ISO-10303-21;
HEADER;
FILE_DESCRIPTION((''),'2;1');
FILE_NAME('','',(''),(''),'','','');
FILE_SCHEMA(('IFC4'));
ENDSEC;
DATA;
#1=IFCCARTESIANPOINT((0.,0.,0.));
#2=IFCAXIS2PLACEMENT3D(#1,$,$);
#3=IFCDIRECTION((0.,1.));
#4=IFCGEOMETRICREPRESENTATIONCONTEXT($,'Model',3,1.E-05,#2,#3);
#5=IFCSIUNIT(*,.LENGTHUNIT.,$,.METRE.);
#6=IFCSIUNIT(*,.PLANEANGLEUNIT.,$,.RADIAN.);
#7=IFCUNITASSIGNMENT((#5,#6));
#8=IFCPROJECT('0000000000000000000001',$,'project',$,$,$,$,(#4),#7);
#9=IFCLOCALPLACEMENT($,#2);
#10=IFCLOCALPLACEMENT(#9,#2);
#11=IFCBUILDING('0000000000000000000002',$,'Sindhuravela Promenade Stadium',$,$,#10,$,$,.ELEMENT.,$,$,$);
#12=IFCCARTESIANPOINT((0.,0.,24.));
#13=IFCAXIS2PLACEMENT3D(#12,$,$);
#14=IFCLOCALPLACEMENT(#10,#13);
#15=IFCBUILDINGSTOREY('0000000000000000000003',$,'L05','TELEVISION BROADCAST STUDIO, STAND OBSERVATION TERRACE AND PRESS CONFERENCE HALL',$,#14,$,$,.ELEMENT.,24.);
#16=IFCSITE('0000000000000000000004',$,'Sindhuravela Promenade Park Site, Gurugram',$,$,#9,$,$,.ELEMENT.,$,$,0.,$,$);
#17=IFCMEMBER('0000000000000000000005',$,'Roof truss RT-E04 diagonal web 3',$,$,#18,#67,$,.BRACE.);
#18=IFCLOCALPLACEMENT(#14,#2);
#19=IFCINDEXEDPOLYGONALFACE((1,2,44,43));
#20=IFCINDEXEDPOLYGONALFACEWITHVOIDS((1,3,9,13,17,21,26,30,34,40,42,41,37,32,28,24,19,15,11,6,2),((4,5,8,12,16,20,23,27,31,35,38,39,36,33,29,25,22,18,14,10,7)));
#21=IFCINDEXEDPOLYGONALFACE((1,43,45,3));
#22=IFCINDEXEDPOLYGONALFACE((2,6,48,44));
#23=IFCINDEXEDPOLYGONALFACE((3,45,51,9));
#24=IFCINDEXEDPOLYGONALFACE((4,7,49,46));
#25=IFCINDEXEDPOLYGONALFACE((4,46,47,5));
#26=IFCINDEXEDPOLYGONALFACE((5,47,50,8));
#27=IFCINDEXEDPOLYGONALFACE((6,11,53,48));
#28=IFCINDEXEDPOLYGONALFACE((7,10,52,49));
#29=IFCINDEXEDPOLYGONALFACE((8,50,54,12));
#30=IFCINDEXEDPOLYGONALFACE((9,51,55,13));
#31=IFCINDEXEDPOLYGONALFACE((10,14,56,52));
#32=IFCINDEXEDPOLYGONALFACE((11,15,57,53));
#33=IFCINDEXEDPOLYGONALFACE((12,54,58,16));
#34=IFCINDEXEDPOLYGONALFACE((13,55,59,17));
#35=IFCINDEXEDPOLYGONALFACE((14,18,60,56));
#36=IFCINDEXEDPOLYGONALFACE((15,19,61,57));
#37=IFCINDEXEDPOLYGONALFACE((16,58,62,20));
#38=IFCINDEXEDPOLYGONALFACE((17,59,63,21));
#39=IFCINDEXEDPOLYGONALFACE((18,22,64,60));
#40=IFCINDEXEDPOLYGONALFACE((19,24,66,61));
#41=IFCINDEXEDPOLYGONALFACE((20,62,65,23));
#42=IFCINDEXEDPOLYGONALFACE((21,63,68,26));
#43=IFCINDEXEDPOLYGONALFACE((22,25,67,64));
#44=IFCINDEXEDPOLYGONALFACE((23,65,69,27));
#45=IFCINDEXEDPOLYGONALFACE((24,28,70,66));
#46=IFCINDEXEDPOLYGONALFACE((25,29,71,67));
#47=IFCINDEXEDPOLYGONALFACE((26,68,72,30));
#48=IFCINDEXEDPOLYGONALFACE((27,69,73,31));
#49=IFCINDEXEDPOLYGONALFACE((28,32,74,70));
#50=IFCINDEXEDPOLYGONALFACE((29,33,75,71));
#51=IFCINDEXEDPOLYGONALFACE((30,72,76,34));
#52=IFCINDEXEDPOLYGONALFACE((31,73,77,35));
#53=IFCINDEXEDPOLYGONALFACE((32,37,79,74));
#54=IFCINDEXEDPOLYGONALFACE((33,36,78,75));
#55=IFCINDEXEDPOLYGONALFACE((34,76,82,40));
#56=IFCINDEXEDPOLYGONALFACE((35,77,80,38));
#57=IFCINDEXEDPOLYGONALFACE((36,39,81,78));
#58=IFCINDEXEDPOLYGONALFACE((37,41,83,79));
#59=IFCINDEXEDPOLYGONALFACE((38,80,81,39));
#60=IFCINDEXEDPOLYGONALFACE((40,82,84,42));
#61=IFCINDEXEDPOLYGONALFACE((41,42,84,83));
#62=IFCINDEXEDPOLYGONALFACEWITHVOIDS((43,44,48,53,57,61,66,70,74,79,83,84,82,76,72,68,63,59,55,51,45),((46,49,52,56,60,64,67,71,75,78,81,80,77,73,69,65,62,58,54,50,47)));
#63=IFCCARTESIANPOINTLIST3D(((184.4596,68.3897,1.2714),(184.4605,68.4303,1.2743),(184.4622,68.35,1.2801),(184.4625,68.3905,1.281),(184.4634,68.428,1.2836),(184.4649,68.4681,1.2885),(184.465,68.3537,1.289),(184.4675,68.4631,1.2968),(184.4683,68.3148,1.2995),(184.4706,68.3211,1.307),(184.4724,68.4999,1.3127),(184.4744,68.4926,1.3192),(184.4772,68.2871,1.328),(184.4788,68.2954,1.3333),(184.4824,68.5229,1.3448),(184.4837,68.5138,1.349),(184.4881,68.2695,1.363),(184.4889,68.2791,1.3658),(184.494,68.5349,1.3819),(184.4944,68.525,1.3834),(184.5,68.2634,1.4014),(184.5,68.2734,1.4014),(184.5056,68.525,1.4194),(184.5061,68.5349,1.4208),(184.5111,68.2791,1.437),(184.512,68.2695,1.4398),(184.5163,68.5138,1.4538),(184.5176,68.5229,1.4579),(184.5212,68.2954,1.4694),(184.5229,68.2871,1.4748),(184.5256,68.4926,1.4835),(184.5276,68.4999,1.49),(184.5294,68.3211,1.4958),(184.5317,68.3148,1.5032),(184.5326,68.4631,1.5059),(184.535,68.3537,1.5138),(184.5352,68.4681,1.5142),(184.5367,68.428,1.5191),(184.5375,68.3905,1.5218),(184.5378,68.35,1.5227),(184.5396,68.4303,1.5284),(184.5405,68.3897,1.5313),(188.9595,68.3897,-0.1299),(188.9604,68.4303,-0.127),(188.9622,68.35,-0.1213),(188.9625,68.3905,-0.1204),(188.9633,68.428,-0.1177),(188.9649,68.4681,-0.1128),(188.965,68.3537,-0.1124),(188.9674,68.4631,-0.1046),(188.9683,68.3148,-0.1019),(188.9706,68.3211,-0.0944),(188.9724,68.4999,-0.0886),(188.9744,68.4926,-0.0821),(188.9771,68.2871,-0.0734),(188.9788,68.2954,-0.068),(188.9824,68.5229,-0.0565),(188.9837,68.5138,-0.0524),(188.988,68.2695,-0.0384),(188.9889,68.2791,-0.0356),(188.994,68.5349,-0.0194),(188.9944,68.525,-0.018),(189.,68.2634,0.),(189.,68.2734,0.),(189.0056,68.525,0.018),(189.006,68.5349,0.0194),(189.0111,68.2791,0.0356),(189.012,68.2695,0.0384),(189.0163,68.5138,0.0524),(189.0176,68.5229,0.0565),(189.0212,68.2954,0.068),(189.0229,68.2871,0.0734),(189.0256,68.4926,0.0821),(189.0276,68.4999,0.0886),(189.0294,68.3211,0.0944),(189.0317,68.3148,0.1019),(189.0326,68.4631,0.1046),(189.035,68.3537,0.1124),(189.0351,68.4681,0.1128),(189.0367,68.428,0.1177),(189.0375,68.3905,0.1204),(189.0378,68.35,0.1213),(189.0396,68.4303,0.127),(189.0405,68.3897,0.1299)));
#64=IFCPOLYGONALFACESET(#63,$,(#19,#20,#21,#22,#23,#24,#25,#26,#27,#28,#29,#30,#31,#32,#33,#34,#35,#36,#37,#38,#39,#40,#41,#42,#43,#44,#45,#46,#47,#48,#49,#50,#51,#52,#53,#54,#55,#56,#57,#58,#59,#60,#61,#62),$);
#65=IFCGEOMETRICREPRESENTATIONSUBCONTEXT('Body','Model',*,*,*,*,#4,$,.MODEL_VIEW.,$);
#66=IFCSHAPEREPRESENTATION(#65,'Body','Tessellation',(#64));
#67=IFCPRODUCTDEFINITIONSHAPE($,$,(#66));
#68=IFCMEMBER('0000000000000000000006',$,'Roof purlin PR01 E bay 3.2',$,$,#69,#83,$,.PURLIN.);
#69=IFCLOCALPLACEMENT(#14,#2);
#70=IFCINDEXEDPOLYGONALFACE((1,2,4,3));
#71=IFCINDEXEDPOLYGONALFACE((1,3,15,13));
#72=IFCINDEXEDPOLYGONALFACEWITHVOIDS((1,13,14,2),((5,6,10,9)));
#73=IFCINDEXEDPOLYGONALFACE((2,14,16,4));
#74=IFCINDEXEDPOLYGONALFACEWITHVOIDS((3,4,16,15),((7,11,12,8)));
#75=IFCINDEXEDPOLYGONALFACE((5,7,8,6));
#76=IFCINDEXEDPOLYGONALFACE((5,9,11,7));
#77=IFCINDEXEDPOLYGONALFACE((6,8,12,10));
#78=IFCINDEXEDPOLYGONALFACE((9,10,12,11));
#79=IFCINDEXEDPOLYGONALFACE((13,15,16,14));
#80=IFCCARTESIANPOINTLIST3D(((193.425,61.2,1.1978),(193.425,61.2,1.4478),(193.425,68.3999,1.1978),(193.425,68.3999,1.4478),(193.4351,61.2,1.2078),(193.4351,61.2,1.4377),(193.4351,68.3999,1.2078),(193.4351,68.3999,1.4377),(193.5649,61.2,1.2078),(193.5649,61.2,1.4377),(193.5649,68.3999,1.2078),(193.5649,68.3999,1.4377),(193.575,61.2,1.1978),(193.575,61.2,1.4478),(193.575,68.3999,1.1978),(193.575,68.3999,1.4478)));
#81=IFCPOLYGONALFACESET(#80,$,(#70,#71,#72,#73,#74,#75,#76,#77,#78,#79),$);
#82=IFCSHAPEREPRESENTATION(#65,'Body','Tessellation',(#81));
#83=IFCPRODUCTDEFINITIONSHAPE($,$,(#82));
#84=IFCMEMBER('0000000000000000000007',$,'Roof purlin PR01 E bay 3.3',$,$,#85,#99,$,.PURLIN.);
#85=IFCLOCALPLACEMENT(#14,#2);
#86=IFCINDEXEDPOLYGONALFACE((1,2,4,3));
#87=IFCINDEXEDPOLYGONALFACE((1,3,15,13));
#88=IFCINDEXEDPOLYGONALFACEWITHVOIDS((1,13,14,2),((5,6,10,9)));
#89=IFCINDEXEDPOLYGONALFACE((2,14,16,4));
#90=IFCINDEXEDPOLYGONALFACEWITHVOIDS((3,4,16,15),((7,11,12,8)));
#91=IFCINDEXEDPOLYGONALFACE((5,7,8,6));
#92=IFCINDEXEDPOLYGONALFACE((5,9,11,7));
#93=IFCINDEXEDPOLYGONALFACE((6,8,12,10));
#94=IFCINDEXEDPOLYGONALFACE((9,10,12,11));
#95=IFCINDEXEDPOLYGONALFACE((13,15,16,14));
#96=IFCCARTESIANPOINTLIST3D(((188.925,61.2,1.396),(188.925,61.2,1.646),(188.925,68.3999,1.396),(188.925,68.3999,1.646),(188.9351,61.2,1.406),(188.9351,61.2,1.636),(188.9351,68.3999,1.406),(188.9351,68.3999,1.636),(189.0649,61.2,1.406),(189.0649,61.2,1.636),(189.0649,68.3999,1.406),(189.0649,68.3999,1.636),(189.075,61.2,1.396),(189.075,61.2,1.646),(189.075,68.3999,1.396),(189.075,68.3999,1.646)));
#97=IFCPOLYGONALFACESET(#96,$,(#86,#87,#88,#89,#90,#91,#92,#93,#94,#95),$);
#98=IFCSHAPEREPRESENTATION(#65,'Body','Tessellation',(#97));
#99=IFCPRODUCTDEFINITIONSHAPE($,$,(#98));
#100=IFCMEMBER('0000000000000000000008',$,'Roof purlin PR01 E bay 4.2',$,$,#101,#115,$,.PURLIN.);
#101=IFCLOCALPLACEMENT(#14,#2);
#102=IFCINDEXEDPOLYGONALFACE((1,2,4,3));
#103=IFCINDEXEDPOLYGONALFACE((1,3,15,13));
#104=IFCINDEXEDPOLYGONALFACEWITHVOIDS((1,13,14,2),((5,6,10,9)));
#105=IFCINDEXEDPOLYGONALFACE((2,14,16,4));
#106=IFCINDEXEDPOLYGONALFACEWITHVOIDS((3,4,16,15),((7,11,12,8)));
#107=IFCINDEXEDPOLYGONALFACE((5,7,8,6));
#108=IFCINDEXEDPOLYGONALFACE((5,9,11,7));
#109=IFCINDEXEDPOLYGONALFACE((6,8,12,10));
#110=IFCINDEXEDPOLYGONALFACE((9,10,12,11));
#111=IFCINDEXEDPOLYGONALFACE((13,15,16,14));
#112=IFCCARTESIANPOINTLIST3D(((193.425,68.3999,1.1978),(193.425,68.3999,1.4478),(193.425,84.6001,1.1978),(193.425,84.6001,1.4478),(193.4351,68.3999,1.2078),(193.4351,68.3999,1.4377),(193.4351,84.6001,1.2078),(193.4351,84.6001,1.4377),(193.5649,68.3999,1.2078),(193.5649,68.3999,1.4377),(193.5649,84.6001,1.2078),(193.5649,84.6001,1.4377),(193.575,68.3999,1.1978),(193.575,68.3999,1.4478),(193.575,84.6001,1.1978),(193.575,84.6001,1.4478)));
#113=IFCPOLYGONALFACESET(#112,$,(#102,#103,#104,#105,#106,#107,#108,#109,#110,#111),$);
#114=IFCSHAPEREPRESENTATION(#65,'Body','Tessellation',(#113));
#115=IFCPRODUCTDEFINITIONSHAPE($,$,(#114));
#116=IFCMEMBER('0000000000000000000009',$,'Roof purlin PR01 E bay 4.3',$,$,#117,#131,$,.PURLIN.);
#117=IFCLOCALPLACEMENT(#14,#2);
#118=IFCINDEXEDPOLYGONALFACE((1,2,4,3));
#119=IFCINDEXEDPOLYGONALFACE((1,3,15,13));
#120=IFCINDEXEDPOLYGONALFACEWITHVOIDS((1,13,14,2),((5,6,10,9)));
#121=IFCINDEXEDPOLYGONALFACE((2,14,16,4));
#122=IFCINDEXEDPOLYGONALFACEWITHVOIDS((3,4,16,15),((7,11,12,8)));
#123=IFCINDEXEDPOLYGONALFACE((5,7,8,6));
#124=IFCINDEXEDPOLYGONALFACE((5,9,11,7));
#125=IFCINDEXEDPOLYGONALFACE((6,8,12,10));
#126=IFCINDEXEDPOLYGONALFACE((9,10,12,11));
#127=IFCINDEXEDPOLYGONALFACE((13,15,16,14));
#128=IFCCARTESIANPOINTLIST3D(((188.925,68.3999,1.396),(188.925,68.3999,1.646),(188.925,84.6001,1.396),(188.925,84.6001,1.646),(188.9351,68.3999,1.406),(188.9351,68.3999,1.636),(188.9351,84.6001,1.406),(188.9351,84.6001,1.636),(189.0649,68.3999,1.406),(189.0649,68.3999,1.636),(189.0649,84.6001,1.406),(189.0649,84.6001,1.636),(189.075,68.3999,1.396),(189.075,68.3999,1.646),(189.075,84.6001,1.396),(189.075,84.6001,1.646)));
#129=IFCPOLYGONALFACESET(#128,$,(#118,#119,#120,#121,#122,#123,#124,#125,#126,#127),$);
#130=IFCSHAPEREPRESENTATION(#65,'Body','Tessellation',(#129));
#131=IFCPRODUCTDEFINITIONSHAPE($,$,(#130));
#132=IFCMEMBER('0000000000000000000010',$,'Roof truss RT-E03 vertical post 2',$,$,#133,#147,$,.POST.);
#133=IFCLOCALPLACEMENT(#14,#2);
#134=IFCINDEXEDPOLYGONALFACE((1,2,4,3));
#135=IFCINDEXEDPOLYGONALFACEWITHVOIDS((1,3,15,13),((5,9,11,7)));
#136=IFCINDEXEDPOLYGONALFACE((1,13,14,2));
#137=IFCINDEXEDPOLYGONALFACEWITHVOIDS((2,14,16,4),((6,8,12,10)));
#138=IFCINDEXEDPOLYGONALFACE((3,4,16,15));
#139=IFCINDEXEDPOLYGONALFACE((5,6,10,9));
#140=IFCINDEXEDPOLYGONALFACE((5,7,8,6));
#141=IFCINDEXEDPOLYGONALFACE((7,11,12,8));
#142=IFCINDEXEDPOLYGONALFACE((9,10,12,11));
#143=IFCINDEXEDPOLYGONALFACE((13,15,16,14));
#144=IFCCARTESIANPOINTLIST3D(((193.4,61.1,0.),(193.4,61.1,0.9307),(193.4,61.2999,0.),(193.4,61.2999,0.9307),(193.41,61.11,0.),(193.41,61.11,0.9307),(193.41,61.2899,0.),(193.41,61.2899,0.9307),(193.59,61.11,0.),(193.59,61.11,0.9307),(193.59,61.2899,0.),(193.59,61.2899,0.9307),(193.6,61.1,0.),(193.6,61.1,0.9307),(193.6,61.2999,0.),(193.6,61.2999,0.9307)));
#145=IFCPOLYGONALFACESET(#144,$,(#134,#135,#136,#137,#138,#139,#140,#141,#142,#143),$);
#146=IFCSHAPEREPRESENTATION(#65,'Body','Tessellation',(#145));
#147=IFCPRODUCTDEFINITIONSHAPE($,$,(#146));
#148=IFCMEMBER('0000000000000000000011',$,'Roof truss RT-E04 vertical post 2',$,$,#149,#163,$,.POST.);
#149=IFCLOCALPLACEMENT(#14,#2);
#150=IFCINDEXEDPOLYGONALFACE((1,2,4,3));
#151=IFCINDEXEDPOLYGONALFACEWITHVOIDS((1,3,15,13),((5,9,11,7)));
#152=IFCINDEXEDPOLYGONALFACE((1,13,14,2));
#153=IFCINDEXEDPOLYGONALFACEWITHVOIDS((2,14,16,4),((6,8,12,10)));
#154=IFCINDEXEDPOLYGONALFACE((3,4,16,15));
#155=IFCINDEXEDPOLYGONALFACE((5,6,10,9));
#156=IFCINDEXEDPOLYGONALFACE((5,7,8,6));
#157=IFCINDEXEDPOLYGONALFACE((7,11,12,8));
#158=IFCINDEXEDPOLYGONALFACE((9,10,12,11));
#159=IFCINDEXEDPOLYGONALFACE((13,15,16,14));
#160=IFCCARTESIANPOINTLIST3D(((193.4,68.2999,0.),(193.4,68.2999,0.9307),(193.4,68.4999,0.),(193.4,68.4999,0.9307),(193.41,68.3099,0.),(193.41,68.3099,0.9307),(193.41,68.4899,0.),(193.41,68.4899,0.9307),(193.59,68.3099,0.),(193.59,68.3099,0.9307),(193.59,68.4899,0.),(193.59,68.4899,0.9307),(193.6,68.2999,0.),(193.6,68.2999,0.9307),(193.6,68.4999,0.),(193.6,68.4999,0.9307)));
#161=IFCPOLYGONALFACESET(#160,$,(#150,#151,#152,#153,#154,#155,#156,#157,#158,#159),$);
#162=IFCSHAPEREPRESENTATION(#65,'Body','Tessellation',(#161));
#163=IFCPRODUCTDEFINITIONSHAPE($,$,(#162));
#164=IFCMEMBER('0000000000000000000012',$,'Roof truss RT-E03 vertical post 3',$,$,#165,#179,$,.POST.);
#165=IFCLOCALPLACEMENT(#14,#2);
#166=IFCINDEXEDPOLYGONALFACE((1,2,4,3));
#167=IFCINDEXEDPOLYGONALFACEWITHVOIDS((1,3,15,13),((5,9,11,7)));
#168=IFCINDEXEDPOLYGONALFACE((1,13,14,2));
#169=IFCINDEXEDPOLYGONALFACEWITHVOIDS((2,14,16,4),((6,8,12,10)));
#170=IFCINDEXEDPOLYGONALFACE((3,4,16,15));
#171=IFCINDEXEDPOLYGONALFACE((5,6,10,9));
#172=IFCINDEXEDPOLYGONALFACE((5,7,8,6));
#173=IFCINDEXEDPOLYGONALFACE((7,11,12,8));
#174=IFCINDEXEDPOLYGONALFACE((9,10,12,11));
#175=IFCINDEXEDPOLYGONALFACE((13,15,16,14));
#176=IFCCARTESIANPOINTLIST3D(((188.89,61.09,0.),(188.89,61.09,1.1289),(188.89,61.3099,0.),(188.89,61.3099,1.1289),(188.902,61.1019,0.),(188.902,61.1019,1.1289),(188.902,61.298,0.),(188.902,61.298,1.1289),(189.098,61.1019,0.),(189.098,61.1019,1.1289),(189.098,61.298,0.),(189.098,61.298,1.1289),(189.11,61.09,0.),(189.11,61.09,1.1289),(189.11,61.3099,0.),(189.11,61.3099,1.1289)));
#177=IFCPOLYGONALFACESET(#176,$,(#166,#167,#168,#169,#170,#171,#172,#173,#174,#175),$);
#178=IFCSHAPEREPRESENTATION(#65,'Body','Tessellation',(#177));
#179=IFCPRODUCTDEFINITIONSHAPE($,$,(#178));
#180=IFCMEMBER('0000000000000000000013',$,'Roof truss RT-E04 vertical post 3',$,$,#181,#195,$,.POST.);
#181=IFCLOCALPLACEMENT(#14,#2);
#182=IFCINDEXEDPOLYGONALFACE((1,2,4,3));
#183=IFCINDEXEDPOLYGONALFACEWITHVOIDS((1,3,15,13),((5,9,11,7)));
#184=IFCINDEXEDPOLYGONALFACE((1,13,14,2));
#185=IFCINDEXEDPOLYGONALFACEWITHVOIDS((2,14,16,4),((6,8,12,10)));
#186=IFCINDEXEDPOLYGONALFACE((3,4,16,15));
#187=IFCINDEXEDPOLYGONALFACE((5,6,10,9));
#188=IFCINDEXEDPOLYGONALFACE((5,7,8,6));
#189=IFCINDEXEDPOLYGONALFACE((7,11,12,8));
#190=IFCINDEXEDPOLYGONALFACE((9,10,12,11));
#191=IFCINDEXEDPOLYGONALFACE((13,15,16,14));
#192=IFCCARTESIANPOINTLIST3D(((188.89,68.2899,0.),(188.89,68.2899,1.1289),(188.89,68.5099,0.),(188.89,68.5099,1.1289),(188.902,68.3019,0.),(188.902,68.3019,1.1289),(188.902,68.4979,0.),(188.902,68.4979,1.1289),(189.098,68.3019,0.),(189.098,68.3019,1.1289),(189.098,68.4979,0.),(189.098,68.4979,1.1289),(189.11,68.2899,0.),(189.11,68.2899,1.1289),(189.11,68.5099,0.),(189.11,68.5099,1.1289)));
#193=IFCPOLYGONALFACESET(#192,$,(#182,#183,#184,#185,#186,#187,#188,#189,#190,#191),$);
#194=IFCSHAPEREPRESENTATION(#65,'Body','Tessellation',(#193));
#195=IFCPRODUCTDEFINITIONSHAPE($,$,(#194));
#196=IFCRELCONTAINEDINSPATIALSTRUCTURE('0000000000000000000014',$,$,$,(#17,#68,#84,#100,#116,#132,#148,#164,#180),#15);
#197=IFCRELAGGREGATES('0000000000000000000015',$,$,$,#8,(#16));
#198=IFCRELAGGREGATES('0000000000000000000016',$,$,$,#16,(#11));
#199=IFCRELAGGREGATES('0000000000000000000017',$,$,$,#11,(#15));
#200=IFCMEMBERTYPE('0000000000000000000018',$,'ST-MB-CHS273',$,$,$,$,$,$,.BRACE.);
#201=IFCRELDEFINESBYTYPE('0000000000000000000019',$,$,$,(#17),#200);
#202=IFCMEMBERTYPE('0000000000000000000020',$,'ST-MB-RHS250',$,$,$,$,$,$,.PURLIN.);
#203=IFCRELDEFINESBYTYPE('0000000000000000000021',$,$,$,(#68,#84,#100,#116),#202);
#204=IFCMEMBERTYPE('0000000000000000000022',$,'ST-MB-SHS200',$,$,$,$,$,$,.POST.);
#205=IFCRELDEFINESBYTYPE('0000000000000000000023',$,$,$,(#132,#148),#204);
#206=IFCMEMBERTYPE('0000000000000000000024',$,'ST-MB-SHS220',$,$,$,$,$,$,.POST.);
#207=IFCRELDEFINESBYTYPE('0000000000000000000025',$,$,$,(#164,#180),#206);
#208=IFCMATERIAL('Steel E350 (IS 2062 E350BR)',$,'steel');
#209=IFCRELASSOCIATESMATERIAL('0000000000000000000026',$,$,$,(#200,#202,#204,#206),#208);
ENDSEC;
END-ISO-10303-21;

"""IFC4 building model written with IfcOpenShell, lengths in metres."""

from ifc_helpers import new_model, si_unit, direction, frame, origin, origin_2d, place, context, subcontext, project, spatial, hollow_rectangle, hollow_circle, extrude, material, material_profile, profile_set, type_object, element, save


model = new_model("IFC4")

# Units and contexts
model_context = context("Model", 3, precision=1e-05, world=origin(), true_north=direction((0.0, 1.0)))
body_context = subcontext(model_context, "Body", "Model", "MODEL_VIEW")
ifc_project = project(units=[si_unit("LENGTHUNIT", "METRE"), si_unit("PLANEANGLEUNIT", "RADIAN")], contexts=[model_context])

# Site, building, storey
site_placement = place(None, origin())
site = spatial("IfcSite", under=ifc_project, at=site_placement, Name="Sindhuravela Promenade Park Site, Gurugram", CompositionType="ELEMENT", RefElevation=0.0)
building_placement = place(site_placement, origin())
building = spatial("IfcBuilding", under=site, at=building_placement, Name="Sindhuravela Promenade Stadium", CompositionType="ELEMENT")
storey_placement = place(building_placement, frame((0.0, 0.0, 24.0)))
storey = spatial("IfcBuildingStorey", under=building, at=storey_placement, Name="L05", Description="TELEVISION BROADCAST STUDIO, STAND OBSERVATION TERRACE AND PRESS CONFERENCE HALL", CompositionType="ELEMENT", Elevation=24.0)

# Shared definitions
ifc_material_1 = material(Name="Steel E350 (IS 2062 E350BR)", Category="steel")

# Members
ifc_material_profile_1 = material_profile(ifc_material_1, hollow_circle(Radius=0.1365, WallThickness=0.01, at=origin_2d()), Name="CHS 273.0x10")
ifc_profile_set_1 = profile_set([ifc_material_profile_1], Name="Steel E350 (IS 2062 E350BR)")
member_type_1 = type_object("IfcMemberType", Name="ST-MB-CHS273", PredefinedType="BRACE", material=ifc_profile_set_1)
member_1_placement = place(storey_placement, frame((189.0, 68.3999, 0.0), z_axis=(-0.954774, 0.0, 0.297331), x_axis=(0.0, -1.0, 0.0)))
element("IfcMember", 1, at=member_1_placement, inside=storey, type_object=member_type_1, Name="Roof truss RT-E04 diagonal web 3", PredefinedType="BRACE", context=body_context, shape_type="SweptSolid", body=[
    extrude(hollow_circle(Radius=0.1365, WallThickness=0.01, at=origin_2d()), origin(), (0.0, 0.0, 1.0), 4.7131),
])
ifc_material_profile_2 = material_profile(ifc_material_1, hollow_rectangle(XDim=0.1499, YDim=0.25, WallThickness=0.01, at=origin_2d()), Name="RHS 250x150x10")
ifc_profile_set_2 = profile_set([ifc_material_profile_2], Name="Steel E350 (IS 2062 E350BR)")
member_type_2 = type_object("IfcMemberType", Name="ST-MB-RHS250", PredefinedType="PURLIN", material=ifc_profile_set_2)
for number, where, z_axis, x_axis, name in (
    (2, (193.5, 61.2, 1.3228), (0.0, 1.0, 0.0), (-1.0, 0.0, 0.0), "Roof purlin PR01 E bay 3.2"),
    (3, (189.0, 61.2, 1.521), (0.0, 1.0, 0.0), (-1.0, 0.0, 0.0), "Roof purlin PR01 E bay 3.3"),
):
    element("IfcMember", number, at=place(storey_placement, frame(where, z_axis=z_axis, x_axis=x_axis)), inside=storey, type_object=member_type_2, Name=name, PredefinedType="PURLIN", context=body_context, shape_type="SweptSolid", body=[
        extrude(hollow_rectangle(XDim=0.1499, YDim=0.25, WallThickness=0.01, at=origin_2d()), origin(), (0.0, 0.0, 1.0), 7.2),
    ])
for number, where, z_axis, x_axis, name in (
    (4, (193.5, 68.3999, 1.3228), (0.0, 1.0, 0.0), (-1.0, 0.0, 0.0), "Roof purlin PR01 E bay 4.2"),
    (5, (189.0, 68.3999, 1.521), (0.0, 1.0, 0.0), (-1.0, 0.0, 0.0), "Roof purlin PR01 E bay 4.3"),
):
    element("IfcMember", number, at=place(storey_placement, frame(where, z_axis=z_axis, x_axis=x_axis)), inside=storey, type_object=member_type_2, Name=name, PredefinedType="PURLIN", context=body_context, shape_type="SweptSolid", body=[
        extrude(hollow_rectangle(XDim=0.1499, YDim=0.25, WallThickness=0.01, at=origin_2d()), origin(), (0.0, 0.0, 1.0), 16.2002),
    ])
ifc_material_profile_3 = material_profile(ifc_material_1, hollow_rectangle(XDim=0.2, YDim=0.2, WallThickness=0.01, at=origin_2d()), Name="SHS 200x200x10")
ifc_profile_set_3 = profile_set([ifc_material_profile_3], Name="Steel E350 (IS 2062 E350BR)")
member_type_3 = type_object("IfcMemberType", Name="ST-MB-SHS200", PredefinedType="POST", material=ifc_profile_set_3)
for number, where, z_axis, x_axis, name in (
    (6, (193.5, 61.2, 0.0), (0.0, 0.0, 1.0), (1.0, 0.0, 0.0), "Roof truss RT-E03 vertical post 2"),
    (7, (193.5, 68.3999, 0.0), (0.0, 0.0, 1.0), (1.0, 0.0, 0.0), "Roof truss RT-E04 vertical post 2"),
):
    element("IfcMember", number, at=place(storey_placement, frame(where, z_axis=z_axis, x_axis=x_axis)), inside=storey, type_object=member_type_3, Name=name, PredefinedType="POST", context=body_context, shape_type="SweptSolid", body=[
        extrude(hollow_rectangle(XDim=0.2, YDim=0.2, WallThickness=0.01, at=origin_2d()), origin(), (0.0, 0.0, 1.0), 0.9307),
    ])
ifc_material_profile_4 = material_profile(ifc_material_1, hollow_rectangle(XDim=0.22, YDim=0.22, WallThickness=0.012, at=origin_2d()), Name="SHS 220x220x12")
ifc_profile_set_4 = profile_set([ifc_material_profile_4], Name="Steel E350 (IS 2062 E350BR)")
member_type_4 = type_object("IfcMemberType", Name="ST-MB-SHS220", PredefinedType="POST", material=ifc_profile_set_4)
for number, where, z_axis, x_axis, name in (
    (8, (189.0, 61.2, 0.0), (0.0, 0.0, 1.0), (1.0, 0.0, 0.0), "Roof truss RT-E03 vertical post 3"),
    (9, (189.0, 68.3999, 0.0), (0.0, 0.0, 1.0), (1.0, 0.0, 0.0), "Roof truss RT-E04 vertical post 3"),
):
    element("IfcMember", number, at=place(storey_placement, frame(where, z_axis=z_axis, x_axis=x_axis)), inside=storey, type_object=member_type_4, Name=name, PredefinedType="POST", context=body_context, shape_type="SweptSolid", body=[
        extrude(hollow_rectangle(XDim=0.22, YDim=0.22, WallThickness=0.012, at=origin_2d()), origin(), (0.0, 0.0, 1.0), 1.1289),
    ])

save(model, "model.ifc")
